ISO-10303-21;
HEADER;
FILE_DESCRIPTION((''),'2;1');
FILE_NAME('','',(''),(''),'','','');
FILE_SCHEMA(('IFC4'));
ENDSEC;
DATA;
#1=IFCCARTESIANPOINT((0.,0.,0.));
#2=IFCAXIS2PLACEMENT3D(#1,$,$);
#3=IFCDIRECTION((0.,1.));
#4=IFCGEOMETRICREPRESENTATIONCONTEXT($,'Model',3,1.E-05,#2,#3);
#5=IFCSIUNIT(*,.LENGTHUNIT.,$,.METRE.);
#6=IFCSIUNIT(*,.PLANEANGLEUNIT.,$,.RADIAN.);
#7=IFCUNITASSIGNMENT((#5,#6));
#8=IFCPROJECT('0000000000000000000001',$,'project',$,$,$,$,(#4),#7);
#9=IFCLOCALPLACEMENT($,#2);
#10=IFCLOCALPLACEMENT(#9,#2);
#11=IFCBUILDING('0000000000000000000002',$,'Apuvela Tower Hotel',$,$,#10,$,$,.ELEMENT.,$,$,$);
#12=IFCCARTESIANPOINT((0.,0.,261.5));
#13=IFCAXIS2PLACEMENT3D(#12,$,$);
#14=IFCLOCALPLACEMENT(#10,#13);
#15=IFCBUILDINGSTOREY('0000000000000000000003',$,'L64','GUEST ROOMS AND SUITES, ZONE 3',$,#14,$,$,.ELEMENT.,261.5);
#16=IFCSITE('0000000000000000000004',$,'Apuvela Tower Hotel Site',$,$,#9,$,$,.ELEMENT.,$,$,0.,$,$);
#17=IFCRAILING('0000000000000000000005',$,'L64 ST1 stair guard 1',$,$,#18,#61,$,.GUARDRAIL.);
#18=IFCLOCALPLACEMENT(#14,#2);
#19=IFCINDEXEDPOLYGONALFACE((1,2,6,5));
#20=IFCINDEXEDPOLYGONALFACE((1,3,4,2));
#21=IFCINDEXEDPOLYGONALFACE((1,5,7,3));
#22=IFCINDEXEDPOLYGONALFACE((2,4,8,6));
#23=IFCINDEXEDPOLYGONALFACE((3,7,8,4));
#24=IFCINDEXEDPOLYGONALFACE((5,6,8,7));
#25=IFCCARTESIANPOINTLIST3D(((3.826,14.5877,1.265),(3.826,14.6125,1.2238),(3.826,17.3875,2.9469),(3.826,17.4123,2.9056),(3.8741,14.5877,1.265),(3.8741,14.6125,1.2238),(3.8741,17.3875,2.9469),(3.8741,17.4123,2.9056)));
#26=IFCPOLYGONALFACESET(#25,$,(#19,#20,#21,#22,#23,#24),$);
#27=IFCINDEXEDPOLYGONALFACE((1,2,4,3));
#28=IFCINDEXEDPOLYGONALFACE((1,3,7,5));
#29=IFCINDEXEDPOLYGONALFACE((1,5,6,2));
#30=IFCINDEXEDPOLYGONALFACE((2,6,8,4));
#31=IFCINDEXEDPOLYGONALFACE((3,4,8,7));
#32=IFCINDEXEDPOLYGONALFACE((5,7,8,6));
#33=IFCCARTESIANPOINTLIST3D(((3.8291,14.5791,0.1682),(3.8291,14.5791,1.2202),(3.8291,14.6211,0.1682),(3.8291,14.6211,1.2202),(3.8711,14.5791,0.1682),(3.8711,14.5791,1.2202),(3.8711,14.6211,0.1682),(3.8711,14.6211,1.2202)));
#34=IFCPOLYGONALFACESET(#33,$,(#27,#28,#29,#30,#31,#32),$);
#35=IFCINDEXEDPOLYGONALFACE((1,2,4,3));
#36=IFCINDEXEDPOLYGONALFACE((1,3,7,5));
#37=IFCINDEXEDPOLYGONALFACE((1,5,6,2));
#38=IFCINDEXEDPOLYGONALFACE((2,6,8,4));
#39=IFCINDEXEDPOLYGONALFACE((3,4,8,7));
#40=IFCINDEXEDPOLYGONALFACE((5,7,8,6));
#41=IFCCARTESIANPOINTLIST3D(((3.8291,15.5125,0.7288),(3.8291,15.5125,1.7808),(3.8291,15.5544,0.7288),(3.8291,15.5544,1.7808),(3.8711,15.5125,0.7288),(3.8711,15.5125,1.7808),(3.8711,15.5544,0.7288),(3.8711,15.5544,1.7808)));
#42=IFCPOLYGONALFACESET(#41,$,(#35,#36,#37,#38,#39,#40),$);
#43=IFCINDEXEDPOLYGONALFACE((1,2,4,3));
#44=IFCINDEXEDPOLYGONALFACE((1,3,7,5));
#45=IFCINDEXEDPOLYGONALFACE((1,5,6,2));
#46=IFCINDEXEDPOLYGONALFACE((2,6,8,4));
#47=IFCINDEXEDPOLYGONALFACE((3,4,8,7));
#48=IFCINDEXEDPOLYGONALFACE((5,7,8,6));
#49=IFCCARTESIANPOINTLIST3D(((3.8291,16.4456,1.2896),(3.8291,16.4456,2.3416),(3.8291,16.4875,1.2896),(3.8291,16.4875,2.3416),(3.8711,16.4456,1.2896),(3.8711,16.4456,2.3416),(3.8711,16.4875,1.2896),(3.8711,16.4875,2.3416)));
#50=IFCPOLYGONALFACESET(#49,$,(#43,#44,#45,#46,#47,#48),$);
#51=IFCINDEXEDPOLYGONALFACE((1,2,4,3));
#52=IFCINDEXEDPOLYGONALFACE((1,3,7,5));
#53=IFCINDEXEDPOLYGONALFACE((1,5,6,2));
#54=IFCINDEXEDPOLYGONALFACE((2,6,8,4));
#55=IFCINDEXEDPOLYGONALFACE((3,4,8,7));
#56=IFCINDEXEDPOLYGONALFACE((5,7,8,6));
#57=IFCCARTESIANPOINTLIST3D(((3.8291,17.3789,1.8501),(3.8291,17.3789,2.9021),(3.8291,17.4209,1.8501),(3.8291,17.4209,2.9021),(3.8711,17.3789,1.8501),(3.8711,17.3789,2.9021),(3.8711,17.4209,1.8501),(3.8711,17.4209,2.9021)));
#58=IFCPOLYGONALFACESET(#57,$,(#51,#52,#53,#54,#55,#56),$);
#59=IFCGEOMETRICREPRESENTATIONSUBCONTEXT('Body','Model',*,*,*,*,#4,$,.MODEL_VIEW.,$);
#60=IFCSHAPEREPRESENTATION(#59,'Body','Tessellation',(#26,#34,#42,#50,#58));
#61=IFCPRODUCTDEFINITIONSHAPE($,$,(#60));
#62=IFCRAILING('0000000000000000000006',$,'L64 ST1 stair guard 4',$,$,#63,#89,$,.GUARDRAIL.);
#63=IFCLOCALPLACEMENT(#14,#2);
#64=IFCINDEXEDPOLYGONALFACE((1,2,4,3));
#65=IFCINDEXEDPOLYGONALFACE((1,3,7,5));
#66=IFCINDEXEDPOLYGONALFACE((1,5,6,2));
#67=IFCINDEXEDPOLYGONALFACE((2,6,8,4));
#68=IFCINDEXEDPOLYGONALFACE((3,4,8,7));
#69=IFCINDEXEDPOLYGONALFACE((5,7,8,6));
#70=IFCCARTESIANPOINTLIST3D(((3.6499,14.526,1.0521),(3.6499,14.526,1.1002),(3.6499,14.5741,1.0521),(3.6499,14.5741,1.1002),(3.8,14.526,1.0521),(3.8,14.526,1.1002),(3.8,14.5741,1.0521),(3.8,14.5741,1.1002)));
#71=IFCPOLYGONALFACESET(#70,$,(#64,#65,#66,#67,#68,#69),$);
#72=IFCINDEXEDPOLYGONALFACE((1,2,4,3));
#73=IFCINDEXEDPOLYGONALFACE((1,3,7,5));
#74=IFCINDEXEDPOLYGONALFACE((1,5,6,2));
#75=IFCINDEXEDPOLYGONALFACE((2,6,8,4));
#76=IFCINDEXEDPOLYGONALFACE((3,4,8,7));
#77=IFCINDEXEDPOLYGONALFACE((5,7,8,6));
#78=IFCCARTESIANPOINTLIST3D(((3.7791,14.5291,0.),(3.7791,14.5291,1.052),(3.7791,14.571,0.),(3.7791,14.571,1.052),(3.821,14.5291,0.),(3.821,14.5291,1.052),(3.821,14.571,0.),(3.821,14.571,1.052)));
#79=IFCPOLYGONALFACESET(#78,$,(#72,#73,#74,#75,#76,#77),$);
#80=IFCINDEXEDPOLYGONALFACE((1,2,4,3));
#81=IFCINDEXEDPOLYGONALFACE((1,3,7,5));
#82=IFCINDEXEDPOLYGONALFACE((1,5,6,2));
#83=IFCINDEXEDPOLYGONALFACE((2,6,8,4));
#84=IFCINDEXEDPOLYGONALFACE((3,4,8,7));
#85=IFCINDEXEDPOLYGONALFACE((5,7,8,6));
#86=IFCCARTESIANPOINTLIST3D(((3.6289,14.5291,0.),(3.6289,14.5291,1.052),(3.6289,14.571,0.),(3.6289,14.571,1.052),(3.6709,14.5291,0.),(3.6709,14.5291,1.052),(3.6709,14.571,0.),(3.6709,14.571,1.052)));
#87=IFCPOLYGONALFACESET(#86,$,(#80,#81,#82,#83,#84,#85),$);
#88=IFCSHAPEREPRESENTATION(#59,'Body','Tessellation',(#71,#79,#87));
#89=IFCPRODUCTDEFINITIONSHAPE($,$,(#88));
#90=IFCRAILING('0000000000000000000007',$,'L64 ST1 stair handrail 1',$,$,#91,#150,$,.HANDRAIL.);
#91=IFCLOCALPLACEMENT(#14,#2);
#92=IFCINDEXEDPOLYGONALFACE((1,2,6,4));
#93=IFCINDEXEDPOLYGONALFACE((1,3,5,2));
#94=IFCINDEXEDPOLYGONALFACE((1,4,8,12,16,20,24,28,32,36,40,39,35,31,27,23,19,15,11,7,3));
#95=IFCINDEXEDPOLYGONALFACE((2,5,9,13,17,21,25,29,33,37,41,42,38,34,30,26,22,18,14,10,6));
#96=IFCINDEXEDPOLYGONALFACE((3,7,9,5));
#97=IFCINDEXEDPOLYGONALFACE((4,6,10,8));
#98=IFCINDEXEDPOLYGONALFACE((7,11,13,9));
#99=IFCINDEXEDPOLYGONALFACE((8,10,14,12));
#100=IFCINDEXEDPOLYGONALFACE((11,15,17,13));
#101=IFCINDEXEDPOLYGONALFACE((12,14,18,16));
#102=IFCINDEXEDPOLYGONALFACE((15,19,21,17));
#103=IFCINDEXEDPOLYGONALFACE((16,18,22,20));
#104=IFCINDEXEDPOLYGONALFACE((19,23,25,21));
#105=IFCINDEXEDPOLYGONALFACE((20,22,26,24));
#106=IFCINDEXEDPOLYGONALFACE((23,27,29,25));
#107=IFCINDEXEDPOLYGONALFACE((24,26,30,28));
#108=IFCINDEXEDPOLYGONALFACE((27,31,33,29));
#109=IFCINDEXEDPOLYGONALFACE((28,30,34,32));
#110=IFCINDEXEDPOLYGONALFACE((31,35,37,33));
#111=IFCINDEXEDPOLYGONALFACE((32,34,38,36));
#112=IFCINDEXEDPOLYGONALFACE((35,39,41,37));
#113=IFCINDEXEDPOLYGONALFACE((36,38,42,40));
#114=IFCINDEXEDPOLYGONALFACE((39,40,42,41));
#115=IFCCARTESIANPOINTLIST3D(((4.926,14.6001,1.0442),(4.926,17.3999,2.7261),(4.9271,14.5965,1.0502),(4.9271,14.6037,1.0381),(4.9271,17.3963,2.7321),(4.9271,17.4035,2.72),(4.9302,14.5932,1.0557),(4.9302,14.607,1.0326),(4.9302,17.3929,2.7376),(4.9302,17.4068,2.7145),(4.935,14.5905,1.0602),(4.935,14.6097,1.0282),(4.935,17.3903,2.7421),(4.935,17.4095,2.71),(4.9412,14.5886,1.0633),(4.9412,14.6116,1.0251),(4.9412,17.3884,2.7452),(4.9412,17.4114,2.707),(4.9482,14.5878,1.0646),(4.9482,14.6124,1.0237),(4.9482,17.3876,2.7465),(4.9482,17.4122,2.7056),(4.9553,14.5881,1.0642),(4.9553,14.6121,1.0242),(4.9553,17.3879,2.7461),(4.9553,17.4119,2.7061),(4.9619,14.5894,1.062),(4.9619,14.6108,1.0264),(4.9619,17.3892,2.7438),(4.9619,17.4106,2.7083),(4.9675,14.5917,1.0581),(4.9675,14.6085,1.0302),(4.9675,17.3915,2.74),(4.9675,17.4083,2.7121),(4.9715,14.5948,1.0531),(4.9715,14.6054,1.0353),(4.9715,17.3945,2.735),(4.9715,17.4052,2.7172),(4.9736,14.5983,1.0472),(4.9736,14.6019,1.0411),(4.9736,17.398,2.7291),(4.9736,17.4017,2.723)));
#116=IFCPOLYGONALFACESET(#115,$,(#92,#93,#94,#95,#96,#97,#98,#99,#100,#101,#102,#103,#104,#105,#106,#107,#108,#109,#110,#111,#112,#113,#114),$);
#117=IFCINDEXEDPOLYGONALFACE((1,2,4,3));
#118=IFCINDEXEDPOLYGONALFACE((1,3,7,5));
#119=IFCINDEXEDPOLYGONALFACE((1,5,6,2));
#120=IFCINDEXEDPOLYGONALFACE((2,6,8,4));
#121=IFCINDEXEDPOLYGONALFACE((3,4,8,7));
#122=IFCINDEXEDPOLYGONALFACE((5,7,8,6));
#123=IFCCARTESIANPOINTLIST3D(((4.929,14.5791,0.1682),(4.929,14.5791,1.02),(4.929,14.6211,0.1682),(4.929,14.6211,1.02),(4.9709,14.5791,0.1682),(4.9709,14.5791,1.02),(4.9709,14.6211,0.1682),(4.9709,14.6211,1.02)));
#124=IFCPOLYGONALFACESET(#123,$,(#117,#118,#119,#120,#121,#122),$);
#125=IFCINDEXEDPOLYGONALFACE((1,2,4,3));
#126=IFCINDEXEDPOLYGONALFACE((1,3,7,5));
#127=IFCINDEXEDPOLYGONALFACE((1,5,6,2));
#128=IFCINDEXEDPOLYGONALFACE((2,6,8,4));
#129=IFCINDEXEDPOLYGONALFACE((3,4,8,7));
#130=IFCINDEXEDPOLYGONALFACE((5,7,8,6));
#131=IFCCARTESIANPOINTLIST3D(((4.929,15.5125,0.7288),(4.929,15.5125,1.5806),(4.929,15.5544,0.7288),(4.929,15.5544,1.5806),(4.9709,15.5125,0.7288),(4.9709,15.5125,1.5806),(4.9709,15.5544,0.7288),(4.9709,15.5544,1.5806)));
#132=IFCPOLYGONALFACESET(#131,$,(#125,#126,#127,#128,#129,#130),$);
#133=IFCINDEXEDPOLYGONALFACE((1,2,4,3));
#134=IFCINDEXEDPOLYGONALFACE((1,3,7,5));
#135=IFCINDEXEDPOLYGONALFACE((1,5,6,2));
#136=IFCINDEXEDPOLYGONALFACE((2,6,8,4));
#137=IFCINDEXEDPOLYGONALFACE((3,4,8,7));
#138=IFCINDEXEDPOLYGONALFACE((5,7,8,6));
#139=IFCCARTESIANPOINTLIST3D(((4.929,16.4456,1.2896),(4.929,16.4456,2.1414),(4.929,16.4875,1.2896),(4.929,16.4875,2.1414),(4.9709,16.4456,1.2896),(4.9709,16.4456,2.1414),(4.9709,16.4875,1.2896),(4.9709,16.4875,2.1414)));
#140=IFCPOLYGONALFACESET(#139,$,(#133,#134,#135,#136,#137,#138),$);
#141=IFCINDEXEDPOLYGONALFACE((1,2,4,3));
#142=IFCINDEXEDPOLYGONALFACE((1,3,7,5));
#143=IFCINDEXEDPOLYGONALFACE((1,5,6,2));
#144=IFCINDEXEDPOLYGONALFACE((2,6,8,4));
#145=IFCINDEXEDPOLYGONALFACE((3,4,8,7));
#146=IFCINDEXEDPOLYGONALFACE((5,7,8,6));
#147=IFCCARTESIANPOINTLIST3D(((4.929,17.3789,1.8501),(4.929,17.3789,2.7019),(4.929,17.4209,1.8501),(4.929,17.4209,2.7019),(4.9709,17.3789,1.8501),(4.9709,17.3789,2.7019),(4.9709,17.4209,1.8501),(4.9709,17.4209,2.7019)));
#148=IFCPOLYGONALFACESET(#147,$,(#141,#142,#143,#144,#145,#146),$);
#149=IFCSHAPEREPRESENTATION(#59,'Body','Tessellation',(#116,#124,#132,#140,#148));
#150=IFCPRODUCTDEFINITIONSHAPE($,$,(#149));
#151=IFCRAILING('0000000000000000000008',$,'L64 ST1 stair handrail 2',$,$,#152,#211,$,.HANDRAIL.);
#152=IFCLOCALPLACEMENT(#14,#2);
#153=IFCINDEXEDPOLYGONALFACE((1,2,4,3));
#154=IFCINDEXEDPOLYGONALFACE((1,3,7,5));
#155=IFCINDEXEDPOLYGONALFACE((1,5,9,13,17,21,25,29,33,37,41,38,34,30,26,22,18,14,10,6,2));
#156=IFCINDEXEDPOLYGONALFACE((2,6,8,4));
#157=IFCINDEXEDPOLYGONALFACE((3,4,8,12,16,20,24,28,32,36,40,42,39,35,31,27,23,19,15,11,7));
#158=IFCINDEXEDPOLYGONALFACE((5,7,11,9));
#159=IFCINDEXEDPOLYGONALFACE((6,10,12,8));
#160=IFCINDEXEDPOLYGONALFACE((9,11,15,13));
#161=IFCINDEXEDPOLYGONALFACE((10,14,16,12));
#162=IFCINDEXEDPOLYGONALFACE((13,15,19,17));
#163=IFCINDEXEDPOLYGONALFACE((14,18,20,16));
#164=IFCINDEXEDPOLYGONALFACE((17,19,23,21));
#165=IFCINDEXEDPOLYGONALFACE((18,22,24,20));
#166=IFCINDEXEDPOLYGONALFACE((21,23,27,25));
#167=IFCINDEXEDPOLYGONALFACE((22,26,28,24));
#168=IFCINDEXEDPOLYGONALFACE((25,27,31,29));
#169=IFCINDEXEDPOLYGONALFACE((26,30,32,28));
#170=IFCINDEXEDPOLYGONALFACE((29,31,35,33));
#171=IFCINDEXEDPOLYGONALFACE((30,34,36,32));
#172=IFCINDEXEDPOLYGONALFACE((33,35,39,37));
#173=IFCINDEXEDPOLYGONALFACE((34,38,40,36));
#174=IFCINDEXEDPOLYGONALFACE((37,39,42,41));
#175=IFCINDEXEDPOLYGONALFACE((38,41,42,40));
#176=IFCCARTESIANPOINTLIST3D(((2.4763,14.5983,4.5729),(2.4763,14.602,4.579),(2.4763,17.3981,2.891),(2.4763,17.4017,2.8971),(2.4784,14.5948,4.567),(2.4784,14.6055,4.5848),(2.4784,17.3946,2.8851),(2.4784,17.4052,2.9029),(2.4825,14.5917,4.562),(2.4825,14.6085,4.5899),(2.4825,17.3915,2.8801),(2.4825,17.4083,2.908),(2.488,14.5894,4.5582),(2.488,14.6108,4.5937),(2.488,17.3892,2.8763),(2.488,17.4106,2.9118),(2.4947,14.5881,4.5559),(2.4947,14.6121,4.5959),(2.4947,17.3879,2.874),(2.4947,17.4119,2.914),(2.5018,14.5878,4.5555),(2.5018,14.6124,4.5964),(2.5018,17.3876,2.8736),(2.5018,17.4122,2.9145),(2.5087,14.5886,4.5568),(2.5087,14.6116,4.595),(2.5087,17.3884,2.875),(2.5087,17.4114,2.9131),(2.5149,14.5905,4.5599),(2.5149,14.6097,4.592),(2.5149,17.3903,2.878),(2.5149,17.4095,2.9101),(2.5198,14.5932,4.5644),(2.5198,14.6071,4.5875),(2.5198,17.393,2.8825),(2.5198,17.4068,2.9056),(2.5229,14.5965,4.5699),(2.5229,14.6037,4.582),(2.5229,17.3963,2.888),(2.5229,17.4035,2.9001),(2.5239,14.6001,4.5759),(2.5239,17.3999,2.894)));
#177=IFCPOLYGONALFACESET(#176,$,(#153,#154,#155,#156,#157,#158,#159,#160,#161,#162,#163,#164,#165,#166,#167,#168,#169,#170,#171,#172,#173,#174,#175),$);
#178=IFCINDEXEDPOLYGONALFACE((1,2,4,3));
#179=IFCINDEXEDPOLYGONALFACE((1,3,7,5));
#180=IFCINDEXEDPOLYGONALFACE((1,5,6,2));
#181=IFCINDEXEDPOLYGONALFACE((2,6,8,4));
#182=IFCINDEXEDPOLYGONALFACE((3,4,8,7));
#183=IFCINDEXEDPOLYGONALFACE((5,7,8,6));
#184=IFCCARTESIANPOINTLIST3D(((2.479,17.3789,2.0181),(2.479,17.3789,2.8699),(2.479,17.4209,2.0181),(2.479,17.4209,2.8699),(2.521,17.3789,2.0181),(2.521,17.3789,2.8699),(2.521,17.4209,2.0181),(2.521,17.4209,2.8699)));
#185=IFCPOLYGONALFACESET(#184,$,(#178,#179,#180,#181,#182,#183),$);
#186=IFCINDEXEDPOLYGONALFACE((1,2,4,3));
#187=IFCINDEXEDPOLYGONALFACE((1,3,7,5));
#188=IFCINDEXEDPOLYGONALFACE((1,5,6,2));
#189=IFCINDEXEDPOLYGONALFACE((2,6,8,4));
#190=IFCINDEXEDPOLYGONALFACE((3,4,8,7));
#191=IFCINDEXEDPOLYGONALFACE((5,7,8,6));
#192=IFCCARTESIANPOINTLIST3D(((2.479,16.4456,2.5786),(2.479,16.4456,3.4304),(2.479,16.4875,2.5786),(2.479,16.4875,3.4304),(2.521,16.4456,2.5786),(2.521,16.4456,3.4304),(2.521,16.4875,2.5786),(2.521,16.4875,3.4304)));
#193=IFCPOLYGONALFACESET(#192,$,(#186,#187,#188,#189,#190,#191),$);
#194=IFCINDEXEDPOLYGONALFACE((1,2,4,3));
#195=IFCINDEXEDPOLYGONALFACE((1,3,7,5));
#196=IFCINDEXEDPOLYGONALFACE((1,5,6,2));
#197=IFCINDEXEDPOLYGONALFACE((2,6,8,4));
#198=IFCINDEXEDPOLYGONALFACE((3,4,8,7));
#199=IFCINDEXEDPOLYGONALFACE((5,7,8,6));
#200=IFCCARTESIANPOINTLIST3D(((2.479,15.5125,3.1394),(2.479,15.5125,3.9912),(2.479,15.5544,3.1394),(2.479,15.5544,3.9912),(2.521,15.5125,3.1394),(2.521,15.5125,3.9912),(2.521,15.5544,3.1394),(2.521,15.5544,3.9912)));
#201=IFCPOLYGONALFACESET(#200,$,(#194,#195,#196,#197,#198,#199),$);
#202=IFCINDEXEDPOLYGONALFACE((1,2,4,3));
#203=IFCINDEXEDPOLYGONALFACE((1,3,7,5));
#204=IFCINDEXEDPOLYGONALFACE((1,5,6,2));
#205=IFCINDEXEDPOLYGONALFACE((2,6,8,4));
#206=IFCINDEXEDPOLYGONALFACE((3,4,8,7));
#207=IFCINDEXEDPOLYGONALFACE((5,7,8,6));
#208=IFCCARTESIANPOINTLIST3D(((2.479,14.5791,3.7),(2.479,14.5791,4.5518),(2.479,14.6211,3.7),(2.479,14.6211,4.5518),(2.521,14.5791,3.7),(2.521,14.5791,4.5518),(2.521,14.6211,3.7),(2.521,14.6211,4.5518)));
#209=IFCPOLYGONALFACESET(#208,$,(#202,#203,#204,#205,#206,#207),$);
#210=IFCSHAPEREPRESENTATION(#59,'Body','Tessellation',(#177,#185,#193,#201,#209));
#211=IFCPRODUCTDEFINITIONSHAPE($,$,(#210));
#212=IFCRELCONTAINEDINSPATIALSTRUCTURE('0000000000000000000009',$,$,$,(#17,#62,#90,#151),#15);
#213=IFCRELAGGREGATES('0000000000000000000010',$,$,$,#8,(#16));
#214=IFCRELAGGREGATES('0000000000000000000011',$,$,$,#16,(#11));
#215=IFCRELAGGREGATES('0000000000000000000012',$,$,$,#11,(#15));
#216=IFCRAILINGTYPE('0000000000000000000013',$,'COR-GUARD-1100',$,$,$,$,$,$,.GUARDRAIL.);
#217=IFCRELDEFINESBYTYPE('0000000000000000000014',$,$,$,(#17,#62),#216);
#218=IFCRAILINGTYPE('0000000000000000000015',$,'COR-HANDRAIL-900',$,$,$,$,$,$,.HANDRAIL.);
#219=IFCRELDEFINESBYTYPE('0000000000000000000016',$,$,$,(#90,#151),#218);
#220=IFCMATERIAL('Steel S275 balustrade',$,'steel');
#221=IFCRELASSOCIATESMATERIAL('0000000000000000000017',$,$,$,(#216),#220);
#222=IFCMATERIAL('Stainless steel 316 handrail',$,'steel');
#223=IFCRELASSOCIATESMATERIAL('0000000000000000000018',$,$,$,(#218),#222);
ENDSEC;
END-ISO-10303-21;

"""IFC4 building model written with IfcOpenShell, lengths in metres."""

from ifc_helpers import new_model, si_unit, direction, frame, origin, origin_2d, place, context, subcontext, project, spatial, rectangle, circle, extrude, material, type_object, element, save


model = new_model("IFC4")

# Units and contexts
model_context = context("Model", 3, precision=1e-05, world=origin(), true_north=direction((0.0, 1.0)))
body_context = subcontext(model_context, "Body", "Model", "MODEL_VIEW")
ifc_project = project(units=[si_unit("LENGTHUNIT", "METRE"), si_unit("PLANEANGLEUNIT", "RADIAN")], contexts=[model_context])

# Site, building, storey
site_placement = place(None, origin())
site = spatial("IfcSite", under=ifc_project, at=site_placement, Name="Apuvela Tower Hotel Site", CompositionType="ELEMENT", RefElevation=0.0)
building_placement = place(site_placement, origin())
building = spatial("IfcBuilding", under=site, at=building_placement, Name="Apuvela Tower Hotel", CompositionType="ELEMENT")
storey_placement = place(building_placement, frame((0.0, 0.0, 261.5)))
storey = spatial("IfcBuildingStorey", under=building, at=storey_placement, Name="L64", Description="GUEST ROOMS AND SUITES, ZONE 3", CompositionType="ELEMENT", Elevation=261.5)

# Railings
ifc_material_1 = material(Name="Steel S275 balustrade", Category="steel")
railing_type_1 = type_object("IfcRailingType", Name="COR-GUARD-1100", PredefinedType="GUARDRAIL", material=ifc_material_1)
railing_1_placement = place(storey_placement, frame((3.8501, 14.6001, 0.1682)))
element("IfcRailing", 1, at=railing_1_placement, inside=storey, type_object=railing_type_1, Name="L64 ST1 stair guard 1", PredefinedType="GUARDRAIL", context=body_context, shape_type="SweptSolid", body=[
    extrude(rectangle(XDim=0.0481, YDim=0.0481, at=origin_2d()), frame((0.0, 0.0, 1.0762), z_axis=(0.0, 0.857222, 0.514946), x_axis=(-1.0, 0.0, 0.0)), (0.0, 0.0, 1.0), 3.2661),
    extrude(rectangle(XDim=0.042, YDim=0.042, at=origin_2d()), origin(), (0.0, 0.0, 1.0), 1.052),
    extrude(rectangle(XDim=0.042, YDim=0.042, at=origin_2d()), frame((0.0, 0.9333, 0.5605)), (0.0, 0.0, 1.0), 1.052),
    extrude(rectangle(XDim=0.042, YDim=0.042, at=origin_2d()), frame((0.0, 1.8665, 1.1213)), (0.0, 0.0, 1.0), 1.052),
    extrude(rectangle(XDim=0.042, YDim=0.042, at=origin_2d()), frame((0.0, 2.7998, 1.6819)), (0.0, 0.0, 1.0), 1.052),
])
railing_2_placement = place(storey_placement, frame((3.8, 14.55, 0.0)))
element("IfcRailing", 2, at=railing_2_placement, inside=storey, type_object=railing_type_1, Name="L64 ST1 stair guard 4", PredefinedType="GUARDRAIL", context=body_context, shape_type="SweptSolid", body=[
    extrude(rectangle(XDim=0.0481, YDim=0.0481, at=origin_2d()), frame((0.0, 0.0, 1.0762), z_axis=(-1.0, 0.0, 0.0), x_axis=(0.0, -1.0, 0.0)), (0.0, 0.0, 1.0), 0.1501),
    extrude(rectangle(XDim=0.042, YDim=0.042, at=origin_2d()), origin(), (0.0, 0.0, 1.0), 1.052),
    extrude(rectangle(XDim=0.042, YDim=0.042, at=origin_2d()), frame((-0.1501, 0.0, 0.0)), (0.0, 0.0, 1.0), 1.052),
])
ifc_material_2 = material(Name="Stainless steel 316 handrail", Category="steel")
railing_type_2 = type_object("IfcRailingType", Name="COR-HANDRAIL-900", PredefinedType="HANDRAIL", material=ifc_material_2)
railing_3_placement = place(storey_placement, frame((4.95, 14.6001, 0.1682)))
element("IfcRailing", 3, at=railing_3_placement, inside=storey, type_object=railing_type_2, Name="L64 ST1 stair handrail 1", PredefinedType="HANDRAIL", context=body_context, shape_type="SweptSolid", body=[
    extrude(circle(Radius=0.0239, at=origin_2d()), frame((0.0, 0.0, 0.876), z_axis=(0.0, 0.857222, 0.514946), x_axis=(-1.0, 0.0, 0.0)), (0.0, 0.0, 1.0), 3.2661),
    extrude(rectangle(XDim=0.042, YDim=0.042, at=origin_2d()), origin(), (0.0, 0.0, 1.0), 0.8518),
    extrude(rectangle(XDim=0.042, YDim=0.042, at=origin_2d()), frame((0.0, 0.9333, 0.5605)), (0.0, 0.0, 1.0), 0.8518),
    extrude(rectangle(XDim=0.042, YDim=0.042, at=origin_2d()), frame((0.0, 1.8665, 1.1213)), (0.0, 0.0, 1.0), 0.8518),
    extrude(rectangle(XDim=0.042, YDim=0.042, at=origin_2d()), frame((0.0, 2.7998, 1.6819)), (0.0, 0.0, 1.0), 0.8518),
])
railing_4_placement = place(storey_placement, frame((2.5, 17.3999, 2.0181)))
element("IfcRailing", 4, at=railing_4_placement, inside=storey, type_object=railing_type_2, Name="L64 ST1 stair handrail 2", PredefinedType="HANDRAIL", context=body_context, shape_type="SweptSolid", body=[
    extrude(circle(Radius=0.0239, at=origin_2d()), frame((0.0, 0.0, 0.876), z_axis=(0.0, -0.857222, 0.514946), x_axis=(1.0, 0.0, 0.0)), (0.0, 0.0, 1.0), 3.2661),
    extrude(rectangle(XDim=0.042, YDim=0.042, at=origin_2d()), origin(), (0.0, 0.0, 1.0), 0.8518),
    extrude(rectangle(XDim=0.042, YDim=0.042, at=origin_2d()), frame((0.0, -0.9333, 0.5605)), (0.0, 0.0, 1.0), 0.8518),
    extrude(rectangle(XDim=0.042, YDim=0.042, at=origin_2d()), frame((0.0, -1.8665, 1.1213)), (0.0, 0.0, 1.0), 0.8518),
    extrude(rectangle(XDim=0.042, YDim=0.042, at=origin_2d()), frame((0.0, -2.7998, 1.6819)), (0.0, 0.0, 1.0), 0.8518),
])

save(model, "model.ifc")
